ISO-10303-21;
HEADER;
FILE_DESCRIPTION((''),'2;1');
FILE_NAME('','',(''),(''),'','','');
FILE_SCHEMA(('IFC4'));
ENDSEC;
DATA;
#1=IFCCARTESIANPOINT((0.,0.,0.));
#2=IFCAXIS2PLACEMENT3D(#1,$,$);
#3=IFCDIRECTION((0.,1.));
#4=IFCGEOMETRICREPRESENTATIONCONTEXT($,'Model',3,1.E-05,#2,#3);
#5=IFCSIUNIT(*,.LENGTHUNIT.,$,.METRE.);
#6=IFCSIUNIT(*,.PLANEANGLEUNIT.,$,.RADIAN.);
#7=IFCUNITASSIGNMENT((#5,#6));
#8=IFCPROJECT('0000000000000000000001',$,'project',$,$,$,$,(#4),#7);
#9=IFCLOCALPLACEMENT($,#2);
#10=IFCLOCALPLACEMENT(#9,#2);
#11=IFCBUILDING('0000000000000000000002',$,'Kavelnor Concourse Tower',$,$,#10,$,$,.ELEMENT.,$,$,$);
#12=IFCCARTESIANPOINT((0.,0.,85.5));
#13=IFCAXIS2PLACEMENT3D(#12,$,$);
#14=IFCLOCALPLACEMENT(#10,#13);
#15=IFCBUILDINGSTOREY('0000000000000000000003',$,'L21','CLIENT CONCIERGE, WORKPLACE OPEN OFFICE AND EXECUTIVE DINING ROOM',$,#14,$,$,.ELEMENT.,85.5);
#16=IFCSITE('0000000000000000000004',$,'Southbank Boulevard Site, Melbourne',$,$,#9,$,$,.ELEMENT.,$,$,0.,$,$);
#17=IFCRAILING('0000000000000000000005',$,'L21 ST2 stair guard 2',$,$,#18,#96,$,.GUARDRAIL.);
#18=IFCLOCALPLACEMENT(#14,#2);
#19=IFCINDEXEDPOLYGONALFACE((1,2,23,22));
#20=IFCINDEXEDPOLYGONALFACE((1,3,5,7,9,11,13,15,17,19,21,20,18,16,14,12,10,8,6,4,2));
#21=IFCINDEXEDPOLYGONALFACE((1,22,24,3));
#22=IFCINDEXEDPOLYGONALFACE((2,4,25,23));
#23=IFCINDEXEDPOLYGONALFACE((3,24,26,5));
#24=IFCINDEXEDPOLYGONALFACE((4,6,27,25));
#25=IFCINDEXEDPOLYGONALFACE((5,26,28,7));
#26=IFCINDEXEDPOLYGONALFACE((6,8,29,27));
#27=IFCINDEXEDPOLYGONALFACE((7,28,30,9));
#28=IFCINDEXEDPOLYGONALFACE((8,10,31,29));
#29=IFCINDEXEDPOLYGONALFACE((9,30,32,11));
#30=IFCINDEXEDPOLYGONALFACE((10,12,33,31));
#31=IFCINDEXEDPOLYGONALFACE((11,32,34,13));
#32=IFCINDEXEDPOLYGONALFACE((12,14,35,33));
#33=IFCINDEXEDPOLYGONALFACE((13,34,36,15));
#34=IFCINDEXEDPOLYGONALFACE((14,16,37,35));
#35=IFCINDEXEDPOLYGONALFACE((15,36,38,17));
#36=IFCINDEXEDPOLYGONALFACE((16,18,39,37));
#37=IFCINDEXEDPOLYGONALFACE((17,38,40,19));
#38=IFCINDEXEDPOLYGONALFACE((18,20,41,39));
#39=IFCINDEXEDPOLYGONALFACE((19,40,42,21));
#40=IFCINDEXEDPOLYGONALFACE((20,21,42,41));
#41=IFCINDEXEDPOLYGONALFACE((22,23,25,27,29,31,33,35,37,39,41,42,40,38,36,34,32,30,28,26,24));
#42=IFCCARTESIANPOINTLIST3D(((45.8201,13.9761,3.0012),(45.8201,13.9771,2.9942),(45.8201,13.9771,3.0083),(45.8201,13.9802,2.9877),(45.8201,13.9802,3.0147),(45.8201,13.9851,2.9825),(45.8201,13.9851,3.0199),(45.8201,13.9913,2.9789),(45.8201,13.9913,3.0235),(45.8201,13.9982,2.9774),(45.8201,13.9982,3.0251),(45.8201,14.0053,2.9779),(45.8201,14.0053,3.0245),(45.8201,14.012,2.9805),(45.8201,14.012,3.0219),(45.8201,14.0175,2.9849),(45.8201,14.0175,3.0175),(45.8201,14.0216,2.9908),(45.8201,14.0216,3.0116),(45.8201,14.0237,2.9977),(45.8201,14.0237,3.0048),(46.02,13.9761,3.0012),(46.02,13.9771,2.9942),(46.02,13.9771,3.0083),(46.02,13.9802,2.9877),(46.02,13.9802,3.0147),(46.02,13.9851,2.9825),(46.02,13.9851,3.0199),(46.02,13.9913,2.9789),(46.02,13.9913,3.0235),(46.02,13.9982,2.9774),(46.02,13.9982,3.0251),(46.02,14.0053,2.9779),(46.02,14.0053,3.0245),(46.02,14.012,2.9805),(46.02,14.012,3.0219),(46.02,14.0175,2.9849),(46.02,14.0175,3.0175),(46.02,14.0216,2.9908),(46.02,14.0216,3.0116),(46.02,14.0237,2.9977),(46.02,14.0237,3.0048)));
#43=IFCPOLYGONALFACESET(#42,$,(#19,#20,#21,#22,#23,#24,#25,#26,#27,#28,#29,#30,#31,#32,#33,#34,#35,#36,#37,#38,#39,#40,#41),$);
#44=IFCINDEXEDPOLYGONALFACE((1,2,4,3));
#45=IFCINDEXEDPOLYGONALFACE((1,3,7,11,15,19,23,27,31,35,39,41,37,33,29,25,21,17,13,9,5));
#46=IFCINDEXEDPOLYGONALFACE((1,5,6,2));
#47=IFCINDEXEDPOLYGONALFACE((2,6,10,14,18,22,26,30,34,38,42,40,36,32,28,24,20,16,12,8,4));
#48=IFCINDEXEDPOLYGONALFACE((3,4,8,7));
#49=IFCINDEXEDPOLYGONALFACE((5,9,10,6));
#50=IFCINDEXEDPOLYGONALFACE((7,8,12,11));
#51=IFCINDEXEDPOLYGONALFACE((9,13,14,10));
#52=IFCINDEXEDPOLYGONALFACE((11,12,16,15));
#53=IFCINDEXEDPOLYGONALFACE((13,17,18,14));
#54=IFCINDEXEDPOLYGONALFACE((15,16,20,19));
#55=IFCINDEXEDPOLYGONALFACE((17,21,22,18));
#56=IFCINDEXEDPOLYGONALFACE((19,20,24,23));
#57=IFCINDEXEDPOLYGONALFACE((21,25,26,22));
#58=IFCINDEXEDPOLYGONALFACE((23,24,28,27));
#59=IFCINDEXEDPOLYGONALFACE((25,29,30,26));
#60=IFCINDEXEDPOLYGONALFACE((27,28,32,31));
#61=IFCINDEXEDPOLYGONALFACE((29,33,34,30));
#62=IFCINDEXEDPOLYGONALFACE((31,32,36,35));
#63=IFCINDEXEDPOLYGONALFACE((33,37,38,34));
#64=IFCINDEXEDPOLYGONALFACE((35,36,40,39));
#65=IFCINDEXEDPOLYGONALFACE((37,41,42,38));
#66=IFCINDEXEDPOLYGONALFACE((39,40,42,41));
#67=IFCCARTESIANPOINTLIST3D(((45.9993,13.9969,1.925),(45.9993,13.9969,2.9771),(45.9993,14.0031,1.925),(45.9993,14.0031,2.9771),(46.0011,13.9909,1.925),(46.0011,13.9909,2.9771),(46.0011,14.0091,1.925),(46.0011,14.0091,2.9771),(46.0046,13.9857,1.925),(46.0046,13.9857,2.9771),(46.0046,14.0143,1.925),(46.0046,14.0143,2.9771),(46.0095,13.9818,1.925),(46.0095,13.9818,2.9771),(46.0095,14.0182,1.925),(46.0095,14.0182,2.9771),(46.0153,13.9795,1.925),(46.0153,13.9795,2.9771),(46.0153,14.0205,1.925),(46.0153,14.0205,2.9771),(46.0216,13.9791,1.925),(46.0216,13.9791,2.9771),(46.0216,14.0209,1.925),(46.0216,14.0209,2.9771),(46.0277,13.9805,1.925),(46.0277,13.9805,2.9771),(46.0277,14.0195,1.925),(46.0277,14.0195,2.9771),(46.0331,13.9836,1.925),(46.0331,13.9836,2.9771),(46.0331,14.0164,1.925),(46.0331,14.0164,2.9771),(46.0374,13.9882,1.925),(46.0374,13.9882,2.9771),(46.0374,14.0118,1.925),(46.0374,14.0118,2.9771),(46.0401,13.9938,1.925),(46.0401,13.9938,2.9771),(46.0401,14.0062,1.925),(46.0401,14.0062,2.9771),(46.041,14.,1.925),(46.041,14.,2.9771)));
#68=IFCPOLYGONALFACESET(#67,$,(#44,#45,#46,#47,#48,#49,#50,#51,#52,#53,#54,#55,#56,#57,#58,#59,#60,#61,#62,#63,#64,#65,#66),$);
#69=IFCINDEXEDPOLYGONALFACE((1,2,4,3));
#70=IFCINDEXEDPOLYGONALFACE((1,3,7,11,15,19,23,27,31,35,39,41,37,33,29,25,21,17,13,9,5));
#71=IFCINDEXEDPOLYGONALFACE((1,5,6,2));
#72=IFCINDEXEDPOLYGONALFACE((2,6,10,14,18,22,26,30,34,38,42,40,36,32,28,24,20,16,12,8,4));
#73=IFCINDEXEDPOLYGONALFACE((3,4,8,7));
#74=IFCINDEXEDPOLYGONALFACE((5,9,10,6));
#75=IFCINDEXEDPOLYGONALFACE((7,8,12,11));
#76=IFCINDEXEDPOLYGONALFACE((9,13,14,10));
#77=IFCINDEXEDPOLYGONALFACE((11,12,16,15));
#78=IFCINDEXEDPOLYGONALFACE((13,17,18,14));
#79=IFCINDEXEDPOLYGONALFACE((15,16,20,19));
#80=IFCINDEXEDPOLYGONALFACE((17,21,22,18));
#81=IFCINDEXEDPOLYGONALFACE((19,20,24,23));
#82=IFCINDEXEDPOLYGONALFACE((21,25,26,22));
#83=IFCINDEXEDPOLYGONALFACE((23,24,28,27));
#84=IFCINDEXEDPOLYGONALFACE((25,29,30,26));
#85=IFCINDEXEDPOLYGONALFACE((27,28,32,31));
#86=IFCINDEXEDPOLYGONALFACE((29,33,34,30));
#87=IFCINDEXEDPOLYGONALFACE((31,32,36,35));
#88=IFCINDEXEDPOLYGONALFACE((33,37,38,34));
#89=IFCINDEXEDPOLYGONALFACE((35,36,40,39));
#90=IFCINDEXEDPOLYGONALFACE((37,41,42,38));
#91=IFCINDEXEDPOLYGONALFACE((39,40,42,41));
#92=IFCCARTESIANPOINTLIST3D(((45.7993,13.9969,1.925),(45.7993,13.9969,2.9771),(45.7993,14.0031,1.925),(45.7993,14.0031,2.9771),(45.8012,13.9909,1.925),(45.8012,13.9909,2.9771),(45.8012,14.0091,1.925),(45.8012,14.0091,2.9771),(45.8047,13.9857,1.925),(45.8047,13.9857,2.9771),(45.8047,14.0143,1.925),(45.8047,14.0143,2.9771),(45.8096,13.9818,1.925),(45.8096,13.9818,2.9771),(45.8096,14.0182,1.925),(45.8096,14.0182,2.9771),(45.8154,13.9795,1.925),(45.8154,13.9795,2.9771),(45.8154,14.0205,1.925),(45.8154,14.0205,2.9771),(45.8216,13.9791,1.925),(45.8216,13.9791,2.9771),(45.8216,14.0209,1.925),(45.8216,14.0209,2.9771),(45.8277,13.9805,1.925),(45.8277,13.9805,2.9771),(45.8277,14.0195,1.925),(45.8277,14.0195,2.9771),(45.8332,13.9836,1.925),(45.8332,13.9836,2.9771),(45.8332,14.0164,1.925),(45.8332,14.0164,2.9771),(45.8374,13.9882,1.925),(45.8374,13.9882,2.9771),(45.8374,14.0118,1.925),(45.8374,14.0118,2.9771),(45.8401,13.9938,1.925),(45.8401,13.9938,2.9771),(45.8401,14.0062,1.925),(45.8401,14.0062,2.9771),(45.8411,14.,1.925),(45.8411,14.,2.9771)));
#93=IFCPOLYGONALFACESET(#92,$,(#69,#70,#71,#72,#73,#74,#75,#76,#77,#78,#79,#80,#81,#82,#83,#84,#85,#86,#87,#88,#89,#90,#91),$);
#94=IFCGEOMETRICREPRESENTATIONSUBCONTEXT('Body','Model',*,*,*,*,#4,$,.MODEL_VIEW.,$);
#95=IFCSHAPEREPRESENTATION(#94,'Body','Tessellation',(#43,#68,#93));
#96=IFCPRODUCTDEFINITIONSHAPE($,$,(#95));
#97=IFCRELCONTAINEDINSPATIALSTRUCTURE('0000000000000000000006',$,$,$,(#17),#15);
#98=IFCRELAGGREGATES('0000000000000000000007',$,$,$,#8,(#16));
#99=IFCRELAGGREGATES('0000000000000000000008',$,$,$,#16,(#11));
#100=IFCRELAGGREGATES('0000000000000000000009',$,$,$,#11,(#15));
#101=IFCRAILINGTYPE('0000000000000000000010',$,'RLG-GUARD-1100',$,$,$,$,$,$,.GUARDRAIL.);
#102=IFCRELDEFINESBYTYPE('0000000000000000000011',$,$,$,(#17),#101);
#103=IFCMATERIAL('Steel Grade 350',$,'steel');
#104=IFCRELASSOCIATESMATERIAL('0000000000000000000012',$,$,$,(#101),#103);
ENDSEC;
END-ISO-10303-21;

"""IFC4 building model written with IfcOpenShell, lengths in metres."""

from ifc_helpers import new_model, si_unit, direction, frame, origin, origin_2d, place, context, subcontext, project, spatial, circle, extrude, material, type_object, element, save


model = new_model("IFC4")

# Units and contexts
model_context = context("Model", 3, precision=1e-05, world=origin(), true_north=direction((0.0, 1.0)))
body_context = subcontext(model_context, "Body", "Model", "MODEL_VIEW")
ifc_project = project(units=[si_unit("LENGTHUNIT", "METRE"), si_unit("PLANEANGLEUNIT", "RADIAN")], contexts=[model_context])

# Site, building, storey
site_placement = place(None, origin())
site = spatial("IfcSite", under=ifc_project, at=site_placement, Name="Southbank Boulevard Site, Melbourne", CompositionType="ELEMENT", RefElevation=0.0)
building_placement = place(site_placement, origin())
building = spatial("IfcBuilding", under=site, at=building_placement, Name="Kavelnor Concourse Tower", CompositionType="ELEMENT")
storey_placement = place(building_placement, frame((0.0, 0.0, 85.5)))
storey = spatial("IfcBuildingStorey", under=building, at=storey_placement, Name="L21", Description="CLIENT CONCIERGE, WORKPLACE OPEN OFFICE AND EXECUTIVE DINING ROOM", CompositionType="ELEMENT", Elevation=85.5)

# Shared definitions
ifc_material_1 = material(Name="Steel Grade 350", Category="steel")

# Railing
railing_type_1 = type_object("IfcRailingType", Name="RLG-GUARD-1100", PredefinedType="GUARDRAIL", material=ifc_material_1)
railing_1_placement = place(storey_placement, frame((46.02, 14.0, 1.925)))
element("IfcRailing", 1, at=railing_1_placement, inside=storey, type_object=railing_type_1, Name="L21 ST2 stair guard 2", PredefinedType="GUARDRAIL", context=body_context, shape_type="SweptSolid", body=[
    extrude(circle(Radius=0.0239, at=origin_2d()), frame((0.0, 0.0, 1.0762), z_axis=(-1.0, 0.0, 0.0), x_axis=(0.0, -1.0, 0.0)), (0.0, 0.0, 1.0), 0.2),
    extrude(circle(Radius=0.021, at=origin_2d()), origin(), (0.0, 0.0, 1.0), 1.052),
    extrude(circle(Radius=0.021, at=origin_2d()), frame((-0.2, 0.0, 0.0)), (0.0, 0.0, 1.0), 1.052),
])

save(model, "model.ifc")
